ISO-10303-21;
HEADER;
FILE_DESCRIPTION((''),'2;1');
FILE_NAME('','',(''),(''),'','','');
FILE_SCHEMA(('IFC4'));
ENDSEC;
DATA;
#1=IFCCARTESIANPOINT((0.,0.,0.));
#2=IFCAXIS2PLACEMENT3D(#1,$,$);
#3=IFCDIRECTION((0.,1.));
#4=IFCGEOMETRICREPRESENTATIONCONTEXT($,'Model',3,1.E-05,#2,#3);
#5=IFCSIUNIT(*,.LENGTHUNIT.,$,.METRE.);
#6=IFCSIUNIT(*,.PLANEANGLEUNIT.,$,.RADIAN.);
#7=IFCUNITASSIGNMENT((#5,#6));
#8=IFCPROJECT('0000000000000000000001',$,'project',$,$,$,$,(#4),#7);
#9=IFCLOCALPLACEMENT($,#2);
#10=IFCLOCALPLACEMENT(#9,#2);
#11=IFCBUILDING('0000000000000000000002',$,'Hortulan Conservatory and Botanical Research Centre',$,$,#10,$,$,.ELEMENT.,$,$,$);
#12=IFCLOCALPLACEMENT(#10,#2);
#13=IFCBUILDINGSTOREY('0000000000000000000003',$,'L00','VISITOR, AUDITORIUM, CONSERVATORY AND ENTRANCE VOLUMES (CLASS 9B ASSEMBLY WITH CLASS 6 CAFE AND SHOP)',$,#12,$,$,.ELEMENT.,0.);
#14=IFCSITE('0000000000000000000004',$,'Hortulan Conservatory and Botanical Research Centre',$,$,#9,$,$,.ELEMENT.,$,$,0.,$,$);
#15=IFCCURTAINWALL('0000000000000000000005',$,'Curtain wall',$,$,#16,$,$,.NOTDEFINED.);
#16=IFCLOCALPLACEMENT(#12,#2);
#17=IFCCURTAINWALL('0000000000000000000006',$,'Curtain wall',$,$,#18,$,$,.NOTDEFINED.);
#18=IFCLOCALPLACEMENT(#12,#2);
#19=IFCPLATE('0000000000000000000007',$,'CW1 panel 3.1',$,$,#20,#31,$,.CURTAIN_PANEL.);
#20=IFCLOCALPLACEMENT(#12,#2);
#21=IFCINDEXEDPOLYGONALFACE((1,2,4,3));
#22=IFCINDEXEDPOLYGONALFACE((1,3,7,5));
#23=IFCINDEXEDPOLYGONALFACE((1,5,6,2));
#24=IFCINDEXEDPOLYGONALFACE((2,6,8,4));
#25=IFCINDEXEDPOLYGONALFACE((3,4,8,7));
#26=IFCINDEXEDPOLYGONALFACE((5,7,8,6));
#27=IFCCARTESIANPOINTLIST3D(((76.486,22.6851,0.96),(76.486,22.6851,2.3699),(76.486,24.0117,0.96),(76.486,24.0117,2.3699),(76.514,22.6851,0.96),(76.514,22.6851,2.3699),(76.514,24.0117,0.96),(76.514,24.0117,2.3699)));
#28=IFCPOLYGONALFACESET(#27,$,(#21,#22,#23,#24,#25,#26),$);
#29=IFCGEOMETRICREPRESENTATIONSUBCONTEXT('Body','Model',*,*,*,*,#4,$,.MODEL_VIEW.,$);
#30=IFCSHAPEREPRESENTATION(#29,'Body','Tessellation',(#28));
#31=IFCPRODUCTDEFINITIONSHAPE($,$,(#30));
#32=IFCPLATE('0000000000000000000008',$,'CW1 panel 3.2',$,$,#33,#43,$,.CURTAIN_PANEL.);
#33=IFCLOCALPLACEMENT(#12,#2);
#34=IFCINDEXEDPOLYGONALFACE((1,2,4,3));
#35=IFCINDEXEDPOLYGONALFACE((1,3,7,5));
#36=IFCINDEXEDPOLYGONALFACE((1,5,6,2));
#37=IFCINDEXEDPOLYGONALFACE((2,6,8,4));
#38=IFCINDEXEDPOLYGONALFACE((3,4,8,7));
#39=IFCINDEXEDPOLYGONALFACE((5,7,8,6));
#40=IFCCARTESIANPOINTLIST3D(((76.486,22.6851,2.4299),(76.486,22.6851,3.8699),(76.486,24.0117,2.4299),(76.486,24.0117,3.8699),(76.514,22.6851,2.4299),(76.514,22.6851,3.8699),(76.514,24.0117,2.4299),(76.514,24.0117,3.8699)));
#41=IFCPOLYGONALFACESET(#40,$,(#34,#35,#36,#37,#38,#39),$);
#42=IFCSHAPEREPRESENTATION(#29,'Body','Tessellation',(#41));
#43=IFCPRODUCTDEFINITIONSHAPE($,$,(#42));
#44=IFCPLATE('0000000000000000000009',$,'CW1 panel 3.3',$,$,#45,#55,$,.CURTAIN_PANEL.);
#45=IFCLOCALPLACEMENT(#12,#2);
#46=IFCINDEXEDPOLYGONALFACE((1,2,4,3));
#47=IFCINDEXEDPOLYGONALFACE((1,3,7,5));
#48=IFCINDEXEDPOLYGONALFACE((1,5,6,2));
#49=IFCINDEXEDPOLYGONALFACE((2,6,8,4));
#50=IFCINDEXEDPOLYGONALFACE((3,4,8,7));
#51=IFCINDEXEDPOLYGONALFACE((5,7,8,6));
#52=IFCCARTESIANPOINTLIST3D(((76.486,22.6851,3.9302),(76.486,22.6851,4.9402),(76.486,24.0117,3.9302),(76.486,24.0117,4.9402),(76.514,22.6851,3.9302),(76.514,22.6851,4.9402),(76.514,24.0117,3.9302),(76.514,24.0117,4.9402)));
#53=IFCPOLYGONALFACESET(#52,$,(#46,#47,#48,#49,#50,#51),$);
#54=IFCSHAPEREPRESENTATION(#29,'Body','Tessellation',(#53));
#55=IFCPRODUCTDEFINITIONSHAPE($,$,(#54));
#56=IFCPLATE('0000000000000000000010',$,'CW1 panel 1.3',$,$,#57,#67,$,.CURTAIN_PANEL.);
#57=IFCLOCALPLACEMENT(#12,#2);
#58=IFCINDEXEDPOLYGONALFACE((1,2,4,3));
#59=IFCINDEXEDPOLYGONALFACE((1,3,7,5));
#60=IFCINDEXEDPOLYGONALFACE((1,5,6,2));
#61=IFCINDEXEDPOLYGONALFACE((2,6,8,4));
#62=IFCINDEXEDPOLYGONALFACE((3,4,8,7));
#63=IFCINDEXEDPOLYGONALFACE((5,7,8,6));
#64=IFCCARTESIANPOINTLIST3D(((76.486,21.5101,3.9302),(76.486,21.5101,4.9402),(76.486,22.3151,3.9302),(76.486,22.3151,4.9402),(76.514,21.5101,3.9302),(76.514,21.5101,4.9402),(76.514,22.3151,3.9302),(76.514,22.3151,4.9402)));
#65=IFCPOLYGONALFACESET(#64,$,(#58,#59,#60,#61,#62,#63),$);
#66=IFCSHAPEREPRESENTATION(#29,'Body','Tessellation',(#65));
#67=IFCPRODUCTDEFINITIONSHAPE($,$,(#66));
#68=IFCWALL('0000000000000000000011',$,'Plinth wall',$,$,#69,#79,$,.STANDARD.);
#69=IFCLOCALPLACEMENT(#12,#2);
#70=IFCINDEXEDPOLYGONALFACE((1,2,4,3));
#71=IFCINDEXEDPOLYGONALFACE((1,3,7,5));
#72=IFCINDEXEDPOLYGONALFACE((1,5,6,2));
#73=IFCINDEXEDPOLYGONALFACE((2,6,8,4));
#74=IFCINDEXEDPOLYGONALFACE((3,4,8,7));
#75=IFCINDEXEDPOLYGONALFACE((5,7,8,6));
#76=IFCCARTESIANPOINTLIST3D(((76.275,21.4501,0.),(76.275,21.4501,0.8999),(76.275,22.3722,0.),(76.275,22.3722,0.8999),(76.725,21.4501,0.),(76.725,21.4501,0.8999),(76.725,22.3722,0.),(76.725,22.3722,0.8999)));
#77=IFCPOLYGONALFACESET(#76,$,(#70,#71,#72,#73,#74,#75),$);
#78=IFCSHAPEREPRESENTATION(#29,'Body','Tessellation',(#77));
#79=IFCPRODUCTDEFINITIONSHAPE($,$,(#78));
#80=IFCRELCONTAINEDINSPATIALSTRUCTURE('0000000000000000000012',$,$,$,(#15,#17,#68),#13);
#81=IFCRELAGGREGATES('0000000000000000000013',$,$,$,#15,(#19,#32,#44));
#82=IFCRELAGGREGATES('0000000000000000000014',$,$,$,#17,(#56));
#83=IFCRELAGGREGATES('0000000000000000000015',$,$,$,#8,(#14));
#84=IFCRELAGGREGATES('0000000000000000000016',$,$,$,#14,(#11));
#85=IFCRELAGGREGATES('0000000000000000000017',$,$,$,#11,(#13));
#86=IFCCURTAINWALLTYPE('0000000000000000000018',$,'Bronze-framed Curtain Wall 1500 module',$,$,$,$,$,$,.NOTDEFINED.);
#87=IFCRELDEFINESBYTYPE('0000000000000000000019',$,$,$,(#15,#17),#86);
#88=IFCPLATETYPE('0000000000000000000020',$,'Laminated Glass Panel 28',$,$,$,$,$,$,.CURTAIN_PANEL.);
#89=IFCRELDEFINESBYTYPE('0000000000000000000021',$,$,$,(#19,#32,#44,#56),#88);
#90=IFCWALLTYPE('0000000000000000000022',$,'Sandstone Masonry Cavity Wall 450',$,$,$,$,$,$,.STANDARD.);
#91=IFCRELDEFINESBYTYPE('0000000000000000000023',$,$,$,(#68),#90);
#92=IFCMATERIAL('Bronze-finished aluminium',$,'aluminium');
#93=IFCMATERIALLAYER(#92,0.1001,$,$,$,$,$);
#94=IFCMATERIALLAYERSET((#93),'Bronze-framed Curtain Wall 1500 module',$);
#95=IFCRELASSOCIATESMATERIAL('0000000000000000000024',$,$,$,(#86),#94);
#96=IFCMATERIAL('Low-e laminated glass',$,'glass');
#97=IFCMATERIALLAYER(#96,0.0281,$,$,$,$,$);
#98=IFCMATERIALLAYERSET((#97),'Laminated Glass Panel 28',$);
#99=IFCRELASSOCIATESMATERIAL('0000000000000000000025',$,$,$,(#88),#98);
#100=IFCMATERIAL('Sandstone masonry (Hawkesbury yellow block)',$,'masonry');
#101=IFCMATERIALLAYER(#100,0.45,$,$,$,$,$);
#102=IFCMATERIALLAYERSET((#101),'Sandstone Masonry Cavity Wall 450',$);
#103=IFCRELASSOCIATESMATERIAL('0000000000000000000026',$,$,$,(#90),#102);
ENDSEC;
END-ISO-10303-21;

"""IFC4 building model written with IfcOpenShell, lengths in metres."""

from ifc_helpers import new_model, si_unit, direction, frame, frame_2d, origin, origin_2d, place, context, subcontext, project, spatial, rectangle, extrude, material, layer, layer_set, type_object, element, aggregate, save


model = new_model("IFC4")

# Units and contexts
model_context = context("Model", 3, precision=1e-05, world=origin(), true_north=direction((0.0, 1.0)))
body_context = subcontext(model_context, "Body", "Model", "MODEL_VIEW")
ifc_project = project(units=[si_unit("LENGTHUNIT", "METRE"), si_unit("PLANEANGLEUNIT", "RADIAN")], contexts=[model_context])

# Site, building, storey
site_placement = place(None, origin())
site = spatial("IfcSite", under=ifc_project, at=site_placement, Name="Hortulan Conservatory and Botanical Research Centre", CompositionType="ELEMENT", RefElevation=0.0)
building_placement = place(site_placement, origin())
building = spatial("IfcBuilding", under=site, at=building_placement, Name="Hortulan Conservatory and Botanical Research Centre", CompositionType="ELEMENT")
storey_placement = place(building_placement, origin())
storey = spatial("IfcBuildingStorey", under=building, at=storey_placement, Name="L00", Description="VISITOR, AUDITORIUM, CONSERVATORY AND ENTRANCE VOLUMES (CLASS 9B ASSEMBLY WITH CLASS 6 CAFE AND SHOP)", CompositionType="ELEMENT", Elevation=0.0)

# Curtain wall
ifc_material_1 = material(Name="Bronze-finished aluminium", Category="aluminium")
ifc_layer_1 = layer(ifc_material_1, 0.1001)
ifc_layer_set_1 = layer_set([ifc_layer_1], Name="Bronze-framed Curtain Wall 1500 module")
curtain_wall_type = type_object("IfcCurtainWallType", Name="Bronze-framed Curtain Wall 1500 module", PredefinedType="NOTDEFINED", material=ifc_layer_set_1)
curtain_wall_1_placement = place(storey_placement, origin())
curtain_wall_1 = element("IfcCurtainWall", 1, at=curtain_wall_1_placement, inside=storey, type_object=curtain_wall_type, Name="Curtain wall", PredefinedType="NOTDEFINED")

# Curtain wall
curtain_wall_2_placement = place(storey_placement, origin())
curtain_wall_2 = element("IfcCurtainWall", 2, at=curtain_wall_2_placement, inside=storey, type_object=curtain_wall_type, Name="Curtain wall", PredefinedType="NOTDEFINED")

# Plates
ifc_material_2 = material(Name="Low-e laminated glass", Category="glass")
ifc_layer_2 = layer(ifc_material_2, 0.0281)
ifc_layer_set_2 = layer_set([ifc_layer_2], Name="Laminated Glass Panel 28")
plate_type = type_object("IfcPlateType", Name="Laminated Glass Panel 28", PredefinedType="CURTAIN_PANEL", material=ifc_layer_set_2)
plate_1_placement = place(storey_placement, frame((76.5, 23.3484, 0.96), z_axis=(0.0, 0.0, 1.0), x_axis=(0.0, -1.0, 0.0)))
plate_1 = element("IfcPlate", 3, at=plate_1_placement, type_object=plate_type, Name="CW1 panel 3.1", PredefinedType="CURTAIN_PANEL", context=body_context, shape_type="SweptSolid", body=[
    extrude(rectangle(XDim=1.3267, YDim=0.0281, at=origin_2d()), origin(), (0.0, 0.0, 1.0), 1.4099),
])
plate_2_placement = place(storey_placement, frame((76.5, 23.3484, 2.4299), z_axis=(0.0, 0.0, 1.0), x_axis=(0.0, -1.0, 0.0)))
plate_2 = element("IfcPlate", 4, at=plate_2_placement, type_object=plate_type, Name="CW1 panel 3.2", PredefinedType="CURTAIN_PANEL", context=body_context, shape_type="SweptSolid", body=[
    extrude(rectangle(XDim=1.3267, YDim=0.0281, at=origin_2d()), origin(), (0.0, 0.0, 1.0), 1.4399),
])
plate_3_placement = place(storey_placement, frame((76.5, 23.3484, 3.9302), z_axis=(0.0, 0.0, 1.0), x_axis=(0.0, -1.0, 0.0)))
plate_3 = element("IfcPlate", 5, at=plate_3_placement, type_object=plate_type, Name="CW1 panel 3.3", PredefinedType="CURTAIN_PANEL", context=body_context, shape_type="SweptSolid", body=[
    extrude(rectangle(XDim=1.3267, YDim=0.0281, at=origin_2d()), origin(), (0.0, 0.0, 1.0), 1.01),
])
aggregate(curtain_wall_1, [plate_1, plate_2, plate_3])
plate_4_placement = place(storey_placement, frame((76.5, 21.9126, 3.9302), z_axis=(0.0, 0.0, 1.0), x_axis=(0.0, -1.0, 0.0)))
plate_4 = element("IfcPlate", 6, at=plate_4_placement, type_object=plate_type, Name="CW1 panel 1.3", PredefinedType="CURTAIN_PANEL", context=body_context, shape_type="SweptSolid", body=[
    extrude(rectangle(XDim=0.8049, YDim=0.0281, at=origin_2d()), origin(), (0.0, 0.0, 1.0), 1.01),
])
aggregate(curtain_wall_2, [plate_4])

# Wall
ifc_material_3 = material(Name="Sandstone masonry (Hawkesbury yellow block)", Category="masonry")
ifc_layer_3 = layer(ifc_material_3, 0.45)
ifc_layer_set_3 = layer_set([ifc_layer_3], Name="Sandstone Masonry Cavity Wall 450")
wall_type = type_object("IfcWallType", Name="Sandstone Masonry Cavity Wall 450", PredefinedType="STANDARD", material=ifc_layer_set_3)
wall_placement = place(storey_placement, frame((76.5, 22.3721, 0.0), z_axis=(0.0, 0.0, 1.0), x_axis=(0.0, -1.0, 0.0)))
element("IfcWall", 7, at=wall_placement, inside=storey, type_object=wall_type, Name="Plinth wall", PredefinedType="STANDARD", context=body_context, shape_type="SweptSolid", body=[
    extrude(rectangle(XDim=0.9221, YDim=0.45, at=frame_2d((0.4609, 0.0))), origin(), (0.0, 0.0, 1.0), 0.8999),
])

save(model, "model.ifc")
